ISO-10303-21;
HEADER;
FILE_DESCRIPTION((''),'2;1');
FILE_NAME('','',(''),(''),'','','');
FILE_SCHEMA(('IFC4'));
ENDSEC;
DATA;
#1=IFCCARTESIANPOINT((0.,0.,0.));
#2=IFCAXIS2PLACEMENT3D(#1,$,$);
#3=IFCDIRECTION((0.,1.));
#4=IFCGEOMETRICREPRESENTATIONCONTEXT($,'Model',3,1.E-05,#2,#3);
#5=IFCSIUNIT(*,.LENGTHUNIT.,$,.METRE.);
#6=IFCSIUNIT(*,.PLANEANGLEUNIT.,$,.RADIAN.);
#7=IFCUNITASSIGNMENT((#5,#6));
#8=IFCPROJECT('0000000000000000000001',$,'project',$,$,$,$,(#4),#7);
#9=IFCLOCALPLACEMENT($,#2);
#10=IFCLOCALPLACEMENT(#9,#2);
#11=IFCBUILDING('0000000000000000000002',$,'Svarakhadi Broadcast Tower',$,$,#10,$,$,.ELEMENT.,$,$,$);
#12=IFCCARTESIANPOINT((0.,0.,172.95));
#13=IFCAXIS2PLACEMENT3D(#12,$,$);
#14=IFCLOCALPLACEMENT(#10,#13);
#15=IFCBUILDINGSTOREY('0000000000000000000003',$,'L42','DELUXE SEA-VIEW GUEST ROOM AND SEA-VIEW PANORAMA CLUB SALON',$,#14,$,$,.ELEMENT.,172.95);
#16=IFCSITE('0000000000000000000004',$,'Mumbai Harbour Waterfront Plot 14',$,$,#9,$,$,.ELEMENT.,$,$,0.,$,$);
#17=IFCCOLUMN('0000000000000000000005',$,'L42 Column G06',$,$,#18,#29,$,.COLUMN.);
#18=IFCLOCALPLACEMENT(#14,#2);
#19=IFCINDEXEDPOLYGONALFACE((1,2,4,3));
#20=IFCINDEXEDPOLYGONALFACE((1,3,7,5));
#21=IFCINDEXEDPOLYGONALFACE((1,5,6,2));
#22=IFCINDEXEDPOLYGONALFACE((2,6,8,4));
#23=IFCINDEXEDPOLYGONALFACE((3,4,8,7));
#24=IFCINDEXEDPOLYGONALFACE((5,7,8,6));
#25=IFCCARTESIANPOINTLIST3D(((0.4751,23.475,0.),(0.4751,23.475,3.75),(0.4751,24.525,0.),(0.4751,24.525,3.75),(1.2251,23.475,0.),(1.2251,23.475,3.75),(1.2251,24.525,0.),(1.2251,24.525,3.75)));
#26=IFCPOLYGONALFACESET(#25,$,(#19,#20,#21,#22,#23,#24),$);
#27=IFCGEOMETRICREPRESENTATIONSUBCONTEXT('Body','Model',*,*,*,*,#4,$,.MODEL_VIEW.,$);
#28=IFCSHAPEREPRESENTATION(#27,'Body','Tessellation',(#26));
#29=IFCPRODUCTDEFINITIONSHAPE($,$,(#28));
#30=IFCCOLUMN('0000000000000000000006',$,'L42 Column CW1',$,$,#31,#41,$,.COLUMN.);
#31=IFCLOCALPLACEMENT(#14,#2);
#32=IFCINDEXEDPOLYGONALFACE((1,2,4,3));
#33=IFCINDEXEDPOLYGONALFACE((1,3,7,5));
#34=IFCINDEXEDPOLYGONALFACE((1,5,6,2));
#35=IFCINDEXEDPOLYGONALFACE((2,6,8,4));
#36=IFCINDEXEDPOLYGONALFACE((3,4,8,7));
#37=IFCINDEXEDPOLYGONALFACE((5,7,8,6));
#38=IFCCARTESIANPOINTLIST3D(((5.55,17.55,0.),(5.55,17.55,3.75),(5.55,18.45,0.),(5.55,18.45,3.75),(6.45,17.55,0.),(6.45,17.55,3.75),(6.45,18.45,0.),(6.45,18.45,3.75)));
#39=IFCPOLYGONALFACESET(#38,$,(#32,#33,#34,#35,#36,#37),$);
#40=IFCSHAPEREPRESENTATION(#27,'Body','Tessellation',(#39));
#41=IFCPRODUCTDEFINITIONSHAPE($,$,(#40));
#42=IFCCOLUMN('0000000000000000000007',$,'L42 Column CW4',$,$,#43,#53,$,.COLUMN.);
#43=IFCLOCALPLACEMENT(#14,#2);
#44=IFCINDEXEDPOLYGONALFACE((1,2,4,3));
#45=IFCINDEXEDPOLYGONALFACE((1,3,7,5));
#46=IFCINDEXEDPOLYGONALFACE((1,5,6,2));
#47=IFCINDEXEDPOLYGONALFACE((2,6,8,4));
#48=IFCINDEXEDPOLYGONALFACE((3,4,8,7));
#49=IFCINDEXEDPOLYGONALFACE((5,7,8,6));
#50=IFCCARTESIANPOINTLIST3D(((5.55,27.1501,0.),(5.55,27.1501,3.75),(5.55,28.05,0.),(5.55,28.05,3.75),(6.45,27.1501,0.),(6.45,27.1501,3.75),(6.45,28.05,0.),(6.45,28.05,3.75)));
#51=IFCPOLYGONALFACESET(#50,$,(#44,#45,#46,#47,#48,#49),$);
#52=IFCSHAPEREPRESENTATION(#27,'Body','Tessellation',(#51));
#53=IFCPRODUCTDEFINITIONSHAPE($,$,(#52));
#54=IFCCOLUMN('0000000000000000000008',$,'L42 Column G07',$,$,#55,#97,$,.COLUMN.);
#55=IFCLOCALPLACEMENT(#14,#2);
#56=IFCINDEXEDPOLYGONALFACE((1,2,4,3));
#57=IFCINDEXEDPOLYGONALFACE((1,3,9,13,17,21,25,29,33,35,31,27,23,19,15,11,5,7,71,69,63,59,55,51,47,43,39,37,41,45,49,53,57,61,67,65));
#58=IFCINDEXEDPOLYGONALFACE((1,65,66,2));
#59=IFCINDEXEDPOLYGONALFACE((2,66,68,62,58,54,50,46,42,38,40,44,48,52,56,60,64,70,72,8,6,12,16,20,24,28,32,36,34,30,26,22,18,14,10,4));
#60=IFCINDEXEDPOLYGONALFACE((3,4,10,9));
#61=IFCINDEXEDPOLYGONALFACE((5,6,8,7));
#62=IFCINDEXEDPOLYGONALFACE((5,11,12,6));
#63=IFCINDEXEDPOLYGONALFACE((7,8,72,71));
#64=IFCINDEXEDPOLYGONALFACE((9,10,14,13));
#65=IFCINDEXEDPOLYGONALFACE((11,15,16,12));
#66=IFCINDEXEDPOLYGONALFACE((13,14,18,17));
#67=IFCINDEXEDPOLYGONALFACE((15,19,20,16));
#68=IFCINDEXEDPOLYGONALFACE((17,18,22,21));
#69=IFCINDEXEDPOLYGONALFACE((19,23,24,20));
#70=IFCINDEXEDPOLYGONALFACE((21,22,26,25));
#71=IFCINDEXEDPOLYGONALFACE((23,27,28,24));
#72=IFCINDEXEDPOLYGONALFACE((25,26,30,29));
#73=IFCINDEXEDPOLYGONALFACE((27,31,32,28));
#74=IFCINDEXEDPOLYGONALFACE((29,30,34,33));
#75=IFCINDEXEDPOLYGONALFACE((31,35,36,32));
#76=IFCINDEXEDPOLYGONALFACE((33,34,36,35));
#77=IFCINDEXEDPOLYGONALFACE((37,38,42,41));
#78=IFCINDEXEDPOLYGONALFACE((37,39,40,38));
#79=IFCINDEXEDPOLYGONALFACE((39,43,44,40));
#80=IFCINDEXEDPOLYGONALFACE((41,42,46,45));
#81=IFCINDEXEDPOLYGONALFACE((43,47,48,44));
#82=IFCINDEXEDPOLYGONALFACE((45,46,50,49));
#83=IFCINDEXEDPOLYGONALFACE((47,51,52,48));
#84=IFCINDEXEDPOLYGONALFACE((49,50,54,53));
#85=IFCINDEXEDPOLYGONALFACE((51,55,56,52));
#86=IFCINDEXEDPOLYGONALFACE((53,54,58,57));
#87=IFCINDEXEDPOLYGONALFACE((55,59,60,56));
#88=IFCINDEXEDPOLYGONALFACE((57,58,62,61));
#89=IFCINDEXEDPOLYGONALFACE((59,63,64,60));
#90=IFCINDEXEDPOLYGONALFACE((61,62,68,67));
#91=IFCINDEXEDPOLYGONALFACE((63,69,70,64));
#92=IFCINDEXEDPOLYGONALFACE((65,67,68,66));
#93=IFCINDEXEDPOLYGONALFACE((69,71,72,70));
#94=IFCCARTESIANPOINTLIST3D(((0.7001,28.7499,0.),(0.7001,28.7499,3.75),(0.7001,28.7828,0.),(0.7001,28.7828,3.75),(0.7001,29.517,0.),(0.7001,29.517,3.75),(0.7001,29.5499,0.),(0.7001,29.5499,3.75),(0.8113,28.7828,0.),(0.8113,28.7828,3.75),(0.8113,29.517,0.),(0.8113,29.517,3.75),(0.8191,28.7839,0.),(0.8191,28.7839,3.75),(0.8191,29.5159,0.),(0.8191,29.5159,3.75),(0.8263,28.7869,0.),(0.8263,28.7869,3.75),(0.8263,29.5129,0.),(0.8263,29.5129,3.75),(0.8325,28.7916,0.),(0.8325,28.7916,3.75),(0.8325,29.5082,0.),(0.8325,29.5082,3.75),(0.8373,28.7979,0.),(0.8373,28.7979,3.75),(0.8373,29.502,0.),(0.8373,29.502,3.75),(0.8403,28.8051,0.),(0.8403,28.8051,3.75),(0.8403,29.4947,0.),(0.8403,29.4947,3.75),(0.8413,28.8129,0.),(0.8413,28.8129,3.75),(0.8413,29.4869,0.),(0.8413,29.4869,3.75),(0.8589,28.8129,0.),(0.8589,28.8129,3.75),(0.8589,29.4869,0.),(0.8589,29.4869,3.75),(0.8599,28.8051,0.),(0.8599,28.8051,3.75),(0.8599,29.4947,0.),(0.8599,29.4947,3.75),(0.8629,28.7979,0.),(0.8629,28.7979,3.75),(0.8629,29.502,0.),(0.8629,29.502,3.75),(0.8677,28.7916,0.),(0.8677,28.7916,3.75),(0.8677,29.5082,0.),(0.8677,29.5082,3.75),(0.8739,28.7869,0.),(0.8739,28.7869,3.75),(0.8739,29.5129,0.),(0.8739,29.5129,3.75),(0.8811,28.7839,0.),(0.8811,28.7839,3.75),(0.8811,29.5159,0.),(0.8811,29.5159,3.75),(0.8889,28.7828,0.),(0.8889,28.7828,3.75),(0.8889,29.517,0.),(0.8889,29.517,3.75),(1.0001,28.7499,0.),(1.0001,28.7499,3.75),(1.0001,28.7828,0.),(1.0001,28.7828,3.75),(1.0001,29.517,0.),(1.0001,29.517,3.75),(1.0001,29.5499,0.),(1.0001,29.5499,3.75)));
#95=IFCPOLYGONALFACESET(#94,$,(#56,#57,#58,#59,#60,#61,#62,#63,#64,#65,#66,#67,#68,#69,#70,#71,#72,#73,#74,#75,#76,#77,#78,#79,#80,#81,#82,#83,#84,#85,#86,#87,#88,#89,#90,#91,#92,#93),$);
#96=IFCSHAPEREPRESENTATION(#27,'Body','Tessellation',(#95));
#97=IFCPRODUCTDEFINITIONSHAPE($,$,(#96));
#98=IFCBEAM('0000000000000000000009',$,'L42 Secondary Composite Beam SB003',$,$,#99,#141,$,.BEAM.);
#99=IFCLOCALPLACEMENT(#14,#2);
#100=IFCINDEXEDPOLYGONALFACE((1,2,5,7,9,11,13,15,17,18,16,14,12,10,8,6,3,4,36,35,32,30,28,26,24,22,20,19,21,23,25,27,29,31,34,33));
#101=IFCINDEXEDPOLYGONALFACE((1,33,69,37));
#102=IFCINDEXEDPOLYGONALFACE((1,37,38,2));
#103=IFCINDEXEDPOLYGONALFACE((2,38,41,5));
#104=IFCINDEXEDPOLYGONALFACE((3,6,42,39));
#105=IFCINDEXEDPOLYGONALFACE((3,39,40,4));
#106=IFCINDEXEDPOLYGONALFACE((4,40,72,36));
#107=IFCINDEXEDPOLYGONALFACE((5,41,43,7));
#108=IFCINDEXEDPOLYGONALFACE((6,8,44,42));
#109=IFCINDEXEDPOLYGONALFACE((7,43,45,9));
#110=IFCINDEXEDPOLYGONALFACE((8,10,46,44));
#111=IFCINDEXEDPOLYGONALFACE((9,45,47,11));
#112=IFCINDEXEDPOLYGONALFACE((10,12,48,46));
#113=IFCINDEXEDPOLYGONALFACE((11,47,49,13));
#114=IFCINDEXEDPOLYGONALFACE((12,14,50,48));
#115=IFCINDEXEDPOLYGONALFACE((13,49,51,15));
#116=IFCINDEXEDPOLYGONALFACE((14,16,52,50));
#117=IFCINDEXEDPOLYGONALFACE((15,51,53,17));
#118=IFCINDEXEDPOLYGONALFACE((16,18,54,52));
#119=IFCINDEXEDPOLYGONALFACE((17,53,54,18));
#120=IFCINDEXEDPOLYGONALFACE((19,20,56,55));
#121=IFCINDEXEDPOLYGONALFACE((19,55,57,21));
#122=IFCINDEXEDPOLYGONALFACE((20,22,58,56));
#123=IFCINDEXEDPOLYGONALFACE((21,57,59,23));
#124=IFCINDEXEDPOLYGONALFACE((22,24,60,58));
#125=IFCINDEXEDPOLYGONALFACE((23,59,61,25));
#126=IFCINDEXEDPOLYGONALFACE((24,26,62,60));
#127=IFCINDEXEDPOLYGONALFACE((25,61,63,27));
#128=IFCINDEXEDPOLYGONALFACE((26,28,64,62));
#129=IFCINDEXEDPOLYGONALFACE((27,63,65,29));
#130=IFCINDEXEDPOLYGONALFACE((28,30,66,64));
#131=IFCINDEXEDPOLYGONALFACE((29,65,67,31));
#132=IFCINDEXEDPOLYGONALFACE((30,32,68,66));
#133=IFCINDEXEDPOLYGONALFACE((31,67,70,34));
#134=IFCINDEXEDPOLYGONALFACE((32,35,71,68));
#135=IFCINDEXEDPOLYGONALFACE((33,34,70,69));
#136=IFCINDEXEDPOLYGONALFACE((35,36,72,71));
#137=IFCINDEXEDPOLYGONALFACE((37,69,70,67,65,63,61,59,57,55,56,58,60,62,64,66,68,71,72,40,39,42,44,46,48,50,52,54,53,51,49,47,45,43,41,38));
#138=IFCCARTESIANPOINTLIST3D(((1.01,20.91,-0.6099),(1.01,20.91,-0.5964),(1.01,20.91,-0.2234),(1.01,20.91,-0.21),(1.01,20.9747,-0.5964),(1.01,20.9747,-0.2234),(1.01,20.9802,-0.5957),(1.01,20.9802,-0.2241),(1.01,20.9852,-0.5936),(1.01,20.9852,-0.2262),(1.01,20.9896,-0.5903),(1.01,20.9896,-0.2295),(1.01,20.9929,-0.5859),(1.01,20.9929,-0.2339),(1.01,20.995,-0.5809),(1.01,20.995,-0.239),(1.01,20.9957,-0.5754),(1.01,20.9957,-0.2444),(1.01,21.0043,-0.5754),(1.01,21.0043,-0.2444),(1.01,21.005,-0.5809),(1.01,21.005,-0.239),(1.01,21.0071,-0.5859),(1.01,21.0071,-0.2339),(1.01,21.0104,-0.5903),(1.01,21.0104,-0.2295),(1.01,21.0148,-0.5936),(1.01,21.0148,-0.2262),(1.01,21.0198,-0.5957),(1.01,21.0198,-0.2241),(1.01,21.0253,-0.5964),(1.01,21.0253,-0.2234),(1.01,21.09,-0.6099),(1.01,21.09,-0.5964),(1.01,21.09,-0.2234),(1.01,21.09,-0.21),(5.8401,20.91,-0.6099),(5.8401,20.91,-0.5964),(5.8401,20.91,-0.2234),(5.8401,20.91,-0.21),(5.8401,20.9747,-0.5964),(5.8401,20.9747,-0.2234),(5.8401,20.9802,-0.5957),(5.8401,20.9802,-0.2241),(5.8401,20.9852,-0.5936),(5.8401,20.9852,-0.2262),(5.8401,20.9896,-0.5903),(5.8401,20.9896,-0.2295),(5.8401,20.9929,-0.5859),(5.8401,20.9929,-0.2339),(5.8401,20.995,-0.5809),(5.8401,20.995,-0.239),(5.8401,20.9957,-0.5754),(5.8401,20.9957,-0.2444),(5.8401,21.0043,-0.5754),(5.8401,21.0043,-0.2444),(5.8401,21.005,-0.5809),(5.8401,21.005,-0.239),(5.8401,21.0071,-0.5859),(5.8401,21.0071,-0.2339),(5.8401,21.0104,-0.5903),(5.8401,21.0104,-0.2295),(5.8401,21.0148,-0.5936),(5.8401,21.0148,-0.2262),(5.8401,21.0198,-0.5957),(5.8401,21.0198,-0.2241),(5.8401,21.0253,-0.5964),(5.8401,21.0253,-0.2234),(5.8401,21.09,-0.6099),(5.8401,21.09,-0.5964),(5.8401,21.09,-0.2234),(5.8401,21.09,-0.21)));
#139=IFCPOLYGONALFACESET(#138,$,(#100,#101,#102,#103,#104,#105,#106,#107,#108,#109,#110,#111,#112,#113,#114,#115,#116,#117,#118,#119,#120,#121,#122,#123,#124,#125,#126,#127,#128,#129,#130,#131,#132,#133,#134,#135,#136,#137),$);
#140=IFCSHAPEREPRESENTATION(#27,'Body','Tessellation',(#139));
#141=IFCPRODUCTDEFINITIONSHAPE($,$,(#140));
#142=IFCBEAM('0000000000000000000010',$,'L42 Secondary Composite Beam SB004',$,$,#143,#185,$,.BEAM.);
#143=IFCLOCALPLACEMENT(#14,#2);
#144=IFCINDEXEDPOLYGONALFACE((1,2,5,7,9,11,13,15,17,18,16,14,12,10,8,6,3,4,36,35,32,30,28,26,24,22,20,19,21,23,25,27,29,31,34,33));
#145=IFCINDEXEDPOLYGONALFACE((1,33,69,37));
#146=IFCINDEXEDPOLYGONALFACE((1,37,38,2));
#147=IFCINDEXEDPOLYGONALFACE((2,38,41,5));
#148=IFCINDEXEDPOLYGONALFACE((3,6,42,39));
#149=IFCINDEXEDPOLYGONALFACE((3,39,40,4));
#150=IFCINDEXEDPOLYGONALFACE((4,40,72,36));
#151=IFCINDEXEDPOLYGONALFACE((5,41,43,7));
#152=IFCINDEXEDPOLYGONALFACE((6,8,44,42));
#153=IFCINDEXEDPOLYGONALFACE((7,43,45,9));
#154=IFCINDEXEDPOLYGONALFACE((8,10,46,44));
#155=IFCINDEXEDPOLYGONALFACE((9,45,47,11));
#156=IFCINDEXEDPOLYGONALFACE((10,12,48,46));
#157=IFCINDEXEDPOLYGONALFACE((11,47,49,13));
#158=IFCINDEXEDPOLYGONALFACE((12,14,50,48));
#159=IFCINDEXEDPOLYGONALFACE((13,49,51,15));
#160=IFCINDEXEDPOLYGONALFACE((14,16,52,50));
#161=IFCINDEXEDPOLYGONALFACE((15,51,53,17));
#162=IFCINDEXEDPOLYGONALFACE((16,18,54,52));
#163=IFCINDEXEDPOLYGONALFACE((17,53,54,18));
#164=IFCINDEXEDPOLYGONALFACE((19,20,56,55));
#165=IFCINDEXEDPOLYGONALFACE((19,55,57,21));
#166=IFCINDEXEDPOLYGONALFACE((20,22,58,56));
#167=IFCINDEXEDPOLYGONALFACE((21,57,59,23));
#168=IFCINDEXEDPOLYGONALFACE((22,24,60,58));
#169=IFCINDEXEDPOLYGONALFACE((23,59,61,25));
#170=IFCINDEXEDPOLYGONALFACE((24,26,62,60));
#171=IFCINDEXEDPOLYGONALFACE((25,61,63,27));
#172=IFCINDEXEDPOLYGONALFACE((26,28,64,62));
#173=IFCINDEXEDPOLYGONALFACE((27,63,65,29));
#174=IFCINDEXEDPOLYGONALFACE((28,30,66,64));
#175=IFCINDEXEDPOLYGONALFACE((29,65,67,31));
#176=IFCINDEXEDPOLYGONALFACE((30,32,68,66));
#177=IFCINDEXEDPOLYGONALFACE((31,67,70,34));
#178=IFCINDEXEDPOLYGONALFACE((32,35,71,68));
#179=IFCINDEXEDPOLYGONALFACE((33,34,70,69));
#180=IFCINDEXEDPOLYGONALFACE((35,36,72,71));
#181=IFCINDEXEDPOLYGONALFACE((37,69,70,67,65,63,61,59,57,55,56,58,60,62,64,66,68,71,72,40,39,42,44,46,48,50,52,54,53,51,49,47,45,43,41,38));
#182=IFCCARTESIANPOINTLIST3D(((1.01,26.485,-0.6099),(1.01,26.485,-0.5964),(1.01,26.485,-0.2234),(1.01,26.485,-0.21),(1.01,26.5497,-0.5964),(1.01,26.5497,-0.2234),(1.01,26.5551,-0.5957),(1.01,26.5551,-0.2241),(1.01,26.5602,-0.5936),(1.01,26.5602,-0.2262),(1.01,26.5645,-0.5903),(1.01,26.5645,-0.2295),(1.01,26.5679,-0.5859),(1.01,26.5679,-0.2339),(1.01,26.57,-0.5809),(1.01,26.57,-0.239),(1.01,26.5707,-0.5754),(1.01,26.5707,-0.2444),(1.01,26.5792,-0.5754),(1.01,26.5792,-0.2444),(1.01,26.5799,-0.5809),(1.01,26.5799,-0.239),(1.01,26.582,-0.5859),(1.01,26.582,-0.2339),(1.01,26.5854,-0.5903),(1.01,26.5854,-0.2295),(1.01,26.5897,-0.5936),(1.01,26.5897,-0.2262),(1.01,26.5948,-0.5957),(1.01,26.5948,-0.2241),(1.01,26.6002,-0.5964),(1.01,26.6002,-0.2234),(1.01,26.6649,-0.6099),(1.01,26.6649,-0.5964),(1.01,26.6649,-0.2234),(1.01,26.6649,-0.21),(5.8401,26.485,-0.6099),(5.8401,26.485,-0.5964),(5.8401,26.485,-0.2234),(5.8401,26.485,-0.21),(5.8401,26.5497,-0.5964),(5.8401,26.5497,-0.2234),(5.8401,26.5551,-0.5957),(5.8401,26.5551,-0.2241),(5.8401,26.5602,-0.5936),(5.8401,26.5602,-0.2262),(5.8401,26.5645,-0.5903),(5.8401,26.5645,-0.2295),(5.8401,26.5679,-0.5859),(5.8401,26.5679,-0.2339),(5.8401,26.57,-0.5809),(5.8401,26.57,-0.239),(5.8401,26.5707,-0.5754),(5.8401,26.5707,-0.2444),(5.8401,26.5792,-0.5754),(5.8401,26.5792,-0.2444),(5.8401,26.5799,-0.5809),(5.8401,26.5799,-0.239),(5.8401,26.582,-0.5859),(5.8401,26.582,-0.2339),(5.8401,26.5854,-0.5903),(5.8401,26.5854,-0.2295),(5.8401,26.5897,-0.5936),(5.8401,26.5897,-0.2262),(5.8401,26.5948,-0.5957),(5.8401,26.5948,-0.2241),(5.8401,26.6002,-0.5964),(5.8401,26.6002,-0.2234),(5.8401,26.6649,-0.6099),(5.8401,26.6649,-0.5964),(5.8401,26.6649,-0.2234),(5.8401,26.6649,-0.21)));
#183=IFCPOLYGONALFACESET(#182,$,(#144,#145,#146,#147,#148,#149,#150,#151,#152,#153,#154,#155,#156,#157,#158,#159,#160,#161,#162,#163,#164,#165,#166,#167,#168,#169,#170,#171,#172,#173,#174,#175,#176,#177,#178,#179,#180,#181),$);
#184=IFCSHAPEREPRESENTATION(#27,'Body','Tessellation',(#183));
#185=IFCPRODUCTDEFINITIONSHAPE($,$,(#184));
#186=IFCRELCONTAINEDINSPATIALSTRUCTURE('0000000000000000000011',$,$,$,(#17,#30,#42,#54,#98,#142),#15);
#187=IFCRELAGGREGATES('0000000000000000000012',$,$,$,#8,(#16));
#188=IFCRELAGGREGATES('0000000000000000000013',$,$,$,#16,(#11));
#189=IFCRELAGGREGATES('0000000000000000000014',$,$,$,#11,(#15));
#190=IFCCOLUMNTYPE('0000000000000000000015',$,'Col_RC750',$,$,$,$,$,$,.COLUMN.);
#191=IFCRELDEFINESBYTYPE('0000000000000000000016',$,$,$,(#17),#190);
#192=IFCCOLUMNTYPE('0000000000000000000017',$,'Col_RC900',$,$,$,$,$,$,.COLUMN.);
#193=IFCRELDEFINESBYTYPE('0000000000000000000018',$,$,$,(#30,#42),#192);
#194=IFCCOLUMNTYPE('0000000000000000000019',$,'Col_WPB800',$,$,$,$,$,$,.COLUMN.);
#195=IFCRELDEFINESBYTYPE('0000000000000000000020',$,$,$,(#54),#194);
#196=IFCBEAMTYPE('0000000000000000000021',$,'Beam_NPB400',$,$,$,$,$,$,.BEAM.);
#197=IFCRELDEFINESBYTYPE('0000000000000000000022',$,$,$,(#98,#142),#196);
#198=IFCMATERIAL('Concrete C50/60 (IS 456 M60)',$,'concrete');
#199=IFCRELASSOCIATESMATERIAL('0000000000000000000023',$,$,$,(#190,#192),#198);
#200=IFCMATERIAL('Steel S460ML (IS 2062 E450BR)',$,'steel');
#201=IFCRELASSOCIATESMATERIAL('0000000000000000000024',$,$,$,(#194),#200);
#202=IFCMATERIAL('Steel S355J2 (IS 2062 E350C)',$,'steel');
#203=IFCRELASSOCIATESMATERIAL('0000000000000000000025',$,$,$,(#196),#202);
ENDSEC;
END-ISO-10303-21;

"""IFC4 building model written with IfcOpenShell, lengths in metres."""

from ifc_helpers import new_model, si_unit, direction, frame, origin, origin_2d, place, context, subcontext, project, spatial, rectangle, i_section, extrude, material, material_profile, profile_set, type_object, element, save


model = new_model("IFC4")

# Units and contexts
model_context = context("Model", 3, precision=1e-05, world=origin(), true_north=direction((0.0, 1.0)))
body_context = subcontext(model_context, "Body", "Model", "MODEL_VIEW")
ifc_project = project(units=[si_unit("LENGTHUNIT", "METRE"), si_unit("PLANEANGLEUNIT", "RADIAN")], contexts=[model_context])

# Site, building, storey
site_placement = place(None, origin())
site = spatial("IfcSite", under=ifc_project, at=site_placement, Name="Mumbai Harbour Waterfront Plot 14", CompositionType="ELEMENT", RefElevation=0.0)
building_placement = place(site_placement, origin())
building = spatial("IfcBuilding", under=site, at=building_placement, Name="Svarakhadi Broadcast Tower", CompositionType="ELEMENT")
storey_placement = place(building_placement, frame((0.0, 0.0, 172.95)))
storey = spatial("IfcBuildingStorey", under=building, at=storey_placement, Name="L42", Description="DELUXE SEA-VIEW GUEST ROOM AND SEA-VIEW PANORAMA CLUB SALON", CompositionType="ELEMENT", Elevation=172.95)

# Columns
ifc_material_1 = material(Name="Concrete C50/60 (IS 456 M60)", Category="concrete")
ifc_material_profile_1 = material_profile(ifc_material_1, rectangle(XDim=0.75, YDim=1.05, at=origin_2d()), Name="RC 750x1050")
ifc_profile_set_1 = profile_set([ifc_material_profile_1], Name="Concrete C50/60 (IS 456 M60)")
column_type_1 = type_object("IfcColumnType", Name="Col_RC750", PredefinedType="COLUMN", material=ifc_profile_set_1)
column_1_placement = place(storey_placement, frame((0.8501, 24.0, 0.0), z_axis=(0.0, 0.0, 1.0), x_axis=(1.0, 0.0, 0.0)))
element("IfcColumn", 1, at=column_1_placement, inside=storey, type_object=column_type_1, Name="L42 Column G06", PredefinedType="COLUMN", context=body_context, shape_type="SweptSolid", body=[
    extrude(rectangle(XDim=0.75, YDim=1.05, at=origin_2d()), origin(), (0.0, 0.0, 1.0), 3.75),
])
ifc_material_profile_2 = material_profile(ifc_material_1, rectangle(XDim=0.8999, YDim=0.8999, at=origin_2d()), Name="RC 900x900")
ifc_profile_set_2 = profile_set([ifc_material_profile_2], Name="Concrete C50/60 (IS 456 M60)")
column_type_2 = type_object("IfcColumnType", Name="Col_RC900", PredefinedType="COLUMN", material=ifc_profile_set_2)
for number, where, z_axis, x_axis, name in (
    (2, (6.0, 18.0, 0.0), (0.0, 0.0, 1.0), (1.0, 0.0, 0.0), "L42 Column CW1"),
    (3, (6.0, 27.6001, 0.0), (0.0, 0.0, 1.0), (1.0, 0.0, 0.0), "L42 Column CW4"),
):
    element("IfcColumn", number, at=place(storey_placement, frame(where, z_axis=z_axis, x_axis=x_axis)), inside=storey, type_object=column_type_2, Name=name, PredefinedType="COLUMN", context=body_context, shape_type="SweptSolid", body=[
        extrude(rectangle(XDim=0.8999, YDim=0.8999, at=origin_2d()), origin(), (0.0, 0.0, 1.0), 3.75),
    ])
ifc_material_2 = material(Name="Steel S460ML (IS 2062 E450BR)", Category="steel")
ifc_material_profile_3 = material_profile(ifc_material_2, i_section(OverallWidth=0.3, OverallDepth=0.8, WebThickness=0.0176, FlangeThickness=0.033, FilletRadius=0.03, at=origin_2d()), Name="WPB 800x300x262")
ifc_profile_set_3 = profile_set([ifc_material_profile_3], Name="Steel S460ML (IS 2062 E450BR)")
column_type_3 = type_object("IfcColumnType", Name="Col_WPB800", PredefinedType="COLUMN", material=ifc_profile_set_3)
column_2_placement = place(storey_placement, frame((0.8501, 29.1499, 0.0), z_axis=(0.0, 0.0, 1.0), x_axis=(1.0, 0.0, 0.0)))
element("IfcColumn", 4, at=column_2_placement, inside=storey, type_object=column_type_3, Name="L42 Column G07", PredefinedType="COLUMN", context=body_context, shape_type="SweptSolid", body=[
    extrude(i_section(OverallWidth=0.3, OverallDepth=0.8, WebThickness=0.0176, FlangeThickness=0.033, FilletRadius=0.03, at=origin_2d()), origin(), (0.0, 0.0, 1.0), 3.75),
])

# Beams
ifc_material_3 = material(Name="Steel S355J2 (IS 2062 E350C)", Category="steel")
ifc_material_profile_4 = material_profile(ifc_material_3, i_section(OverallWidth=0.1799, OverallDepth=0.3999, WebThickness=0.0085, FlangeThickness=0.0134, FilletRadius=0.021, at=origin_2d()), Name="NPB 400x180x66")
ifc_profile_set_4 = profile_set([ifc_material_profile_4], Name="Steel S355J2 (IS 2062 E350C)")
beam_type_1 = type_object("IfcBeamType", Name="Beam_NPB400", PredefinedType="BEAM", material=ifc_profile_set_4)
for number, where, z_axis, x_axis, name in (
    (5, (1.01, 21.0, -0.4099), (1.0, 0.0, 0.0), (0.0, 1.0, 0.0), "L42 Secondary Composite Beam SB003"),
    (6, (1.01, 26.575, -0.4099), (1.0, 0.0, 0.0), (0.0, 1.0, 0.0), "L42 Secondary Composite Beam SB004"),
):
    element("IfcBeam", number, at=place(storey_placement, frame(where, z_axis=z_axis, x_axis=x_axis)), inside=storey, type_object=beam_type_1, Name=name, PredefinedType="BEAM", context=body_context, shape_type="SweptSolid", body=[
        extrude(i_section(OverallWidth=0.1799, OverallDepth=0.3999, WebThickness=0.0085, FlangeThickness=0.0134, FilletRadius=0.021, at=origin_2d()), origin(), (0.0, 0.0, 1.0), 4.8301),
    ])

save(model, "model.ifc")
